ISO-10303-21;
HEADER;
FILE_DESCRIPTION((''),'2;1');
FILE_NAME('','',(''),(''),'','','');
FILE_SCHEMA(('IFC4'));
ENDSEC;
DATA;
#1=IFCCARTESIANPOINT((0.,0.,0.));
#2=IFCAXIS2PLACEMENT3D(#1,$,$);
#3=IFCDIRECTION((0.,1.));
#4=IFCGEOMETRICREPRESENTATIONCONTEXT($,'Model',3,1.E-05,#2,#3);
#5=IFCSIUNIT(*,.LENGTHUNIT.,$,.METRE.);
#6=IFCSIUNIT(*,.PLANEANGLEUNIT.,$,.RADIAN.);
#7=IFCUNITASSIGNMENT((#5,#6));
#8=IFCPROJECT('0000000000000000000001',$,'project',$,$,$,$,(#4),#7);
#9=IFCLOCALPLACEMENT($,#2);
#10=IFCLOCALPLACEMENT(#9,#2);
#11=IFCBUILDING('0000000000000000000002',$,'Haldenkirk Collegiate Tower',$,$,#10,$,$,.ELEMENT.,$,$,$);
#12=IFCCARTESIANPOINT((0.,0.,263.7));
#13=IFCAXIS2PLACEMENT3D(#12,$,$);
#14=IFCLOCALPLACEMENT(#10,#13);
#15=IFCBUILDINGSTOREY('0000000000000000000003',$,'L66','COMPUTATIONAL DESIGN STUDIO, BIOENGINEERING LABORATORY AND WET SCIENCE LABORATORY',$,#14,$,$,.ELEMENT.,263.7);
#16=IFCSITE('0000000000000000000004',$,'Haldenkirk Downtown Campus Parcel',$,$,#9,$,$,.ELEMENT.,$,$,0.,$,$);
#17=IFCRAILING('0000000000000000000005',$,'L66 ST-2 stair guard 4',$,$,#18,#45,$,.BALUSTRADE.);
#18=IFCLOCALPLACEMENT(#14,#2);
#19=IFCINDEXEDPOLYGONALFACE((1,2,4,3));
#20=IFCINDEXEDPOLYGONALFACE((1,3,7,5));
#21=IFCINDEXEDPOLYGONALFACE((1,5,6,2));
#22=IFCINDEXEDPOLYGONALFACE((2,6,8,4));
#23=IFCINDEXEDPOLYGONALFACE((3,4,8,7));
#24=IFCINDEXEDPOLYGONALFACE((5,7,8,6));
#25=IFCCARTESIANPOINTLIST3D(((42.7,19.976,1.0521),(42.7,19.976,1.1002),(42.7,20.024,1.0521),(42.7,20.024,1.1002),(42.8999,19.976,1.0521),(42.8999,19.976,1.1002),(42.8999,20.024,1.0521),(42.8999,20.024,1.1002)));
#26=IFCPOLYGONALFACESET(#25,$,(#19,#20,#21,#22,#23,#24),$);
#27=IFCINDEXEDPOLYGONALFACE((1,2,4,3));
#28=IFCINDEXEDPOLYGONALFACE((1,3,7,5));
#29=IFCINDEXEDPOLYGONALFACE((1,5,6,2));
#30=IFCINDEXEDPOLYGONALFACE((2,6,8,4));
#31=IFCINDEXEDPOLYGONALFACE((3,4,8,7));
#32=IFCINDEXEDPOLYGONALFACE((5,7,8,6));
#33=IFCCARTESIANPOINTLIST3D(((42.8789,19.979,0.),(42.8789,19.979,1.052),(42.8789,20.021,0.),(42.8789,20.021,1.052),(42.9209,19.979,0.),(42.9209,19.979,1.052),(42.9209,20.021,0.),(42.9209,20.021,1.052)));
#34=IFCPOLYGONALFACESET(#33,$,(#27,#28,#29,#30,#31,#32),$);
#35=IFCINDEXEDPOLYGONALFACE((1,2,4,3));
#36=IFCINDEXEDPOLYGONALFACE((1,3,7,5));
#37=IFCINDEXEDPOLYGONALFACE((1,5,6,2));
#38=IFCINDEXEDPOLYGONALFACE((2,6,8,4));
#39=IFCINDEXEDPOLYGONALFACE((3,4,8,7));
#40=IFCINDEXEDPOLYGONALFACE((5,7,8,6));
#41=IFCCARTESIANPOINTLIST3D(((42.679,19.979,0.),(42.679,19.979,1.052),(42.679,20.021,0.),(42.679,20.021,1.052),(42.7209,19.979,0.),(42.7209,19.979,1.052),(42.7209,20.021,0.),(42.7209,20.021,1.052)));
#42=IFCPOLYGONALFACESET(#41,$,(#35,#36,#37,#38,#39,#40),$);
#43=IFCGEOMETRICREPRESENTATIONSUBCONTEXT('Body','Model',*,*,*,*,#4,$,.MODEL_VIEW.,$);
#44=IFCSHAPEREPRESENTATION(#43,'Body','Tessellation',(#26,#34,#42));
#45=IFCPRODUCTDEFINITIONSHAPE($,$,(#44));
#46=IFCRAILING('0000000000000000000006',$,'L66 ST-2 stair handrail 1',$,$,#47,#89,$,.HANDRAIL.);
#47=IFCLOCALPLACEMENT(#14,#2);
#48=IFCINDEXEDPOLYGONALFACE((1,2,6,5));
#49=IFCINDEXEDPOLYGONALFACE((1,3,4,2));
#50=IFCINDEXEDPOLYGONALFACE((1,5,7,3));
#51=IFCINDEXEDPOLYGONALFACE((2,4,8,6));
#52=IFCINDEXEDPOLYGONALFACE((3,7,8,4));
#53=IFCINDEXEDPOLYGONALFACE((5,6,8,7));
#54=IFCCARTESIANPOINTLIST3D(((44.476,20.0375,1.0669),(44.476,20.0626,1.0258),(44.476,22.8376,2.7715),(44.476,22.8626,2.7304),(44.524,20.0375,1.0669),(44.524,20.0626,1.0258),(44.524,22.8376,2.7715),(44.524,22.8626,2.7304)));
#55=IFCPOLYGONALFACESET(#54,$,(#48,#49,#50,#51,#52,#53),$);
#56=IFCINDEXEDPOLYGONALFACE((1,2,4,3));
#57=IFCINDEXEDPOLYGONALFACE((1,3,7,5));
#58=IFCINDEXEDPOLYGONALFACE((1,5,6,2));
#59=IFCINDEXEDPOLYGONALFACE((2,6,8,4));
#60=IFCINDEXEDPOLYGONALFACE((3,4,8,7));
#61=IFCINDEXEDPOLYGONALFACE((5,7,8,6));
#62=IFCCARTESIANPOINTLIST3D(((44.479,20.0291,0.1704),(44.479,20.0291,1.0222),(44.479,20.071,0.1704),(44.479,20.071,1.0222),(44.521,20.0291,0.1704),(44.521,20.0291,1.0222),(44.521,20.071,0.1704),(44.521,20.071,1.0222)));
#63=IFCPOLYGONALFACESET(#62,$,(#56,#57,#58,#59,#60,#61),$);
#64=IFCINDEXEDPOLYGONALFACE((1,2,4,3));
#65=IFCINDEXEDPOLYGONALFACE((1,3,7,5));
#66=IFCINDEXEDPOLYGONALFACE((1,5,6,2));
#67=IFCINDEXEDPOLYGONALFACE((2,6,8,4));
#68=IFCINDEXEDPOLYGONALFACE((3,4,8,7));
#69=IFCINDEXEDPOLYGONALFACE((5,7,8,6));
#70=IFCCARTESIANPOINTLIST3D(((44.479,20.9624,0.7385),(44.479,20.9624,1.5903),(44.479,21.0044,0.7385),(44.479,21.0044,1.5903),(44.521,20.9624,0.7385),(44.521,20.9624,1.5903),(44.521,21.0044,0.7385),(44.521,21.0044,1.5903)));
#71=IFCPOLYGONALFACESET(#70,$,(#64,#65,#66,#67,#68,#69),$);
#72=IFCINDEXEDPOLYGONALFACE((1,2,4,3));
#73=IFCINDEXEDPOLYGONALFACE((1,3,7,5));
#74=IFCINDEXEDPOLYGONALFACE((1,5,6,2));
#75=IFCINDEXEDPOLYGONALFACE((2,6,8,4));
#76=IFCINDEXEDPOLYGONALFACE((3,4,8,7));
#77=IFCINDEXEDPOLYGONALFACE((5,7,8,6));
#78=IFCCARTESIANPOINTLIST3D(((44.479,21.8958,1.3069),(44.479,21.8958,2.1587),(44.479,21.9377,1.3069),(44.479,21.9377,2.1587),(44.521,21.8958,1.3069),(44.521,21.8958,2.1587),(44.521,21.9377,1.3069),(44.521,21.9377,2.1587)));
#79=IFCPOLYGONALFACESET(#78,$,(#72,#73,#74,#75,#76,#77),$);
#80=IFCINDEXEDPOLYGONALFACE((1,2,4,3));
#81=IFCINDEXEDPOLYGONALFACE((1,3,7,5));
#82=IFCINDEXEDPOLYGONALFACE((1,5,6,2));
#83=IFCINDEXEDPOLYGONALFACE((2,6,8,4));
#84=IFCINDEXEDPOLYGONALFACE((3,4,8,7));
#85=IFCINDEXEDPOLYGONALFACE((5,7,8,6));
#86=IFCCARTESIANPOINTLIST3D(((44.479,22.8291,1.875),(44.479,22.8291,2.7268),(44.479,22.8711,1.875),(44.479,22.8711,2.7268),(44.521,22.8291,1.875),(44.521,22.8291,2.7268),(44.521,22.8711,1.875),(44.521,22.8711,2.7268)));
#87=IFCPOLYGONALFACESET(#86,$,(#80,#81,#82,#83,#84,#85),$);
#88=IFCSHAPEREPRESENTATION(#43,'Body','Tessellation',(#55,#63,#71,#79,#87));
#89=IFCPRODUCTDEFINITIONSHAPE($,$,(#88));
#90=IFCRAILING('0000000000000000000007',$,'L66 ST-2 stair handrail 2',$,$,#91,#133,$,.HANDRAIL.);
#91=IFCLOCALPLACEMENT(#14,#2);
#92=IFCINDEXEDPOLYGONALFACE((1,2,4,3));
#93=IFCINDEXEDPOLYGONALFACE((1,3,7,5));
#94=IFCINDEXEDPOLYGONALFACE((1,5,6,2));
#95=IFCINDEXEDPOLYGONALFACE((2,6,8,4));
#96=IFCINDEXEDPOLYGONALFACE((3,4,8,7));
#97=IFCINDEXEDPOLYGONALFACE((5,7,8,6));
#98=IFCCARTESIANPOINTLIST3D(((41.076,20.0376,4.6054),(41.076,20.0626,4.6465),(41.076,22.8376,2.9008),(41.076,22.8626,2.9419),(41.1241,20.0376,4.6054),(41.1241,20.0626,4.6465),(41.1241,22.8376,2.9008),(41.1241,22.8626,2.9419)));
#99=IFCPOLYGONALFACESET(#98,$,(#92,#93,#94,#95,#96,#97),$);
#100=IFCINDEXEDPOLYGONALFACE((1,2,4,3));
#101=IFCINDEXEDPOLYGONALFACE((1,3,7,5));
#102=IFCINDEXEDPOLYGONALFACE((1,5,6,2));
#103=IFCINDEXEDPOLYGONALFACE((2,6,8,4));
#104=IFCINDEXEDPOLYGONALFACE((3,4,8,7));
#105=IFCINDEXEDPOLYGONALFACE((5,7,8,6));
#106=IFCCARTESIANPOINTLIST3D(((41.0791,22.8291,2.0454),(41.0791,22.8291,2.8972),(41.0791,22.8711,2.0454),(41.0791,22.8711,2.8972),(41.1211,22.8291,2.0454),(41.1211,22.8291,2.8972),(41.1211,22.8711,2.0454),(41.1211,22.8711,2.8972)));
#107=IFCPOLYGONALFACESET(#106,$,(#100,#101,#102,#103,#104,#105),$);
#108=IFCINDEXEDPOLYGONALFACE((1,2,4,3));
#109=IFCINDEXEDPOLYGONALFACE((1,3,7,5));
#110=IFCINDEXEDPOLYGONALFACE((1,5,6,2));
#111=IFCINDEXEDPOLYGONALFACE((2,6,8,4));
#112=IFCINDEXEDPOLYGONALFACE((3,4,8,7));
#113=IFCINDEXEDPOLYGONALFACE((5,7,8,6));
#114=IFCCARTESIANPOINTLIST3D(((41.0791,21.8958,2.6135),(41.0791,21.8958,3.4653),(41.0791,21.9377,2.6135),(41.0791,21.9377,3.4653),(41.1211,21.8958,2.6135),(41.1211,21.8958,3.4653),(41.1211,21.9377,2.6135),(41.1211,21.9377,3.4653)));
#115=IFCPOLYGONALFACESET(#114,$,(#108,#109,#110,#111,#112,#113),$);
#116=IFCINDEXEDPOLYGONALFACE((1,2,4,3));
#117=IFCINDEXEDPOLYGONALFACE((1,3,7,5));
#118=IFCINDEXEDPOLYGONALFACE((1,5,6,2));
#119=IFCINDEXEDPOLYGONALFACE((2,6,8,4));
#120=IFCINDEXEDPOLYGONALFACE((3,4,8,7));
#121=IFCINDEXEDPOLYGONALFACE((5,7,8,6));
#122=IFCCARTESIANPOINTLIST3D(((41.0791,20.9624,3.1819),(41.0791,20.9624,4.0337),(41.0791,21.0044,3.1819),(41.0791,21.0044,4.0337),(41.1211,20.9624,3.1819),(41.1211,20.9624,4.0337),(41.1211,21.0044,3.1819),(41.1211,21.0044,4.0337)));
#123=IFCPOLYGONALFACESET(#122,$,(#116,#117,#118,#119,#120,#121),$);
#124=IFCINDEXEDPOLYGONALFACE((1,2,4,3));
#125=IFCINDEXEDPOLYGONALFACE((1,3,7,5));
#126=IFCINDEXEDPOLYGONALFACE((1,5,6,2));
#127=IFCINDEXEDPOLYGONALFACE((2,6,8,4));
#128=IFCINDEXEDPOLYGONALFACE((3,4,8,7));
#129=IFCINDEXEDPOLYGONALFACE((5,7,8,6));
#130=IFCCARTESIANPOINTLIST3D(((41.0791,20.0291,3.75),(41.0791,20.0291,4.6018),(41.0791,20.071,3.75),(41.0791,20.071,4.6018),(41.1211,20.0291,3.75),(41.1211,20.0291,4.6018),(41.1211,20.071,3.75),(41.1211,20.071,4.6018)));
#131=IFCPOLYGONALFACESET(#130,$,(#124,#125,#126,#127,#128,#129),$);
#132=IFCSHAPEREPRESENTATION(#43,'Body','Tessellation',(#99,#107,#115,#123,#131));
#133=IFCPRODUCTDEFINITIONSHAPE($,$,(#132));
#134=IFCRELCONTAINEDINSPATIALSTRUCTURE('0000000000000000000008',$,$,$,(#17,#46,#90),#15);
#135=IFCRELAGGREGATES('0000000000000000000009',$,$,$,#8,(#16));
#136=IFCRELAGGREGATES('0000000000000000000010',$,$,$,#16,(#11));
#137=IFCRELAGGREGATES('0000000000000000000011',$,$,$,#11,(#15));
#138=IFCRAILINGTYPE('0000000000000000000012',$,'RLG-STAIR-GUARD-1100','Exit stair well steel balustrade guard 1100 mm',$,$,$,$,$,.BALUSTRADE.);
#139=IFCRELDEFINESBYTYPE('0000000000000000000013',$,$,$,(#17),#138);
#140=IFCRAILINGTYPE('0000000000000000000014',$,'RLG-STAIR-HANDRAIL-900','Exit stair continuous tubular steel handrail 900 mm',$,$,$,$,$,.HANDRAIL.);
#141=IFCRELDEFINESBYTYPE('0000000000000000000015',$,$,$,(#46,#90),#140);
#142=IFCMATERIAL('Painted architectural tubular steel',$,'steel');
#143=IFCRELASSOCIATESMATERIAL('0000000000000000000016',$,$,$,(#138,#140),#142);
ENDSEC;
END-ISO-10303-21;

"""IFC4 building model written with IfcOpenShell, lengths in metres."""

from ifc_helpers import new_model, si_unit, direction, frame, origin, origin_2d, place, context, subcontext, project, spatial, rectangle, extrude, material, type_object, element, save


model = new_model("IFC4")

# Units and contexts
model_context = context("Model", 3, precision=1e-05, world=origin(), true_north=direction((0.0, 1.0)))
body_context = subcontext(model_context, "Body", "Model", "MODEL_VIEW")
ifc_project = project(units=[si_unit("LENGTHUNIT", "METRE"), si_unit("PLANEANGLEUNIT", "RADIAN")], contexts=[model_context])

# Site, building, storey
site_placement = place(None, origin())
site = spatial("IfcSite", under=ifc_project, at=site_placement, Name="Haldenkirk Downtown Campus Parcel", CompositionType="ELEMENT", RefElevation=0.0)
building_placement = place(site_placement, origin())
building = spatial("IfcBuilding", under=site, at=building_placement, Name="Haldenkirk Collegiate Tower", CompositionType="ELEMENT")
storey_placement = place(building_placement, frame((0.0, 0.0, 263.7)))
storey = spatial("IfcBuildingStorey", under=building, at=storey_placement, Name="L66", Description="COMPUTATIONAL DESIGN STUDIO, BIOENGINEERING LABORATORY AND WET SCIENCE LABORATORY", CompositionType="ELEMENT", Elevation=263.7)

# Railings
ifc_material_1 = material(Name="Painted architectural tubular steel", Category="steel")
railing_type_1 = type_object("IfcRailingType", Name="RLG-STAIR-GUARD-1100", Description="Exit stair well steel balustrade guard 1100 mm", PredefinedType="BALUSTRADE", material=ifc_material_1)
railing_1_placement = place(storey_placement, frame((42.8999, 20.0, 0.0)))
element("IfcRailing", 1, at=railing_1_placement, inside=storey, type_object=railing_type_1, Name="L66 ST-2 stair guard 4", PredefinedType="BALUSTRADE", context=body_context, shape_type="SweptSolid", body=[
    extrude(rectangle(XDim=0.0481, YDim=0.0481, at=origin_2d()), frame((0.0, 0.0, 1.0762), z_axis=(-1.0, 0.0, 0.0), x_axis=(0.0, -1.0, 0.0)), (0.0, 0.0, 1.0), 0.2),
    extrude(rectangle(XDim=0.042, YDim=0.042, at=origin_2d()), origin(), (0.0, 0.0, 1.0), 1.052),
    extrude(rectangle(XDim=0.042, YDim=0.042, at=origin_2d()), frame((-0.2, 0.0, 0.0)), (0.0, 0.0, 1.0), 1.052),
])
railing_type_2 = type_object("IfcRailingType", Name="RLG-STAIR-HANDRAIL-900", Description="Exit stair continuous tubular steel handrail 900 mm", PredefinedType="HANDRAIL", material=ifc_material_1)
railing_2_placement = place(storey_placement, frame((44.5, 20.05, 0.1704)))
element("IfcRailing", 2, at=railing_2_placement, inside=storey, type_object=railing_type_2, Name="L66 ST-2 stair handrail 1", PredefinedType="HANDRAIL", context=body_context, shape_type="SweptSolid", body=[
    extrude(rectangle(XDim=0.0481, YDim=0.0481, at=origin_2d()), frame((0.0, 0.0, 0.876), z_axis=(0.0, 0.85417, 0.519994), x_axis=(-1.0, 0.0, 0.0)), (0.0, 0.0, 1.0), 3.2781),
    extrude(rectangle(XDim=0.042, YDim=0.042, at=origin_2d()), origin(), (0.0, 0.0, 1.0), 0.8518),
    extrude(rectangle(XDim=0.042, YDim=0.042, at=origin_2d()), frame((0.0, 0.9333, 0.5681)), (0.0, 0.0, 1.0), 0.8518),
    extrude(rectangle(XDim=0.042, YDim=0.042, at=origin_2d()), frame((0.0, 1.8667, 1.1365)), (0.0, 0.0, 1.0), 0.8518),
    extrude(rectangle(XDim=0.042, YDim=0.042, at=origin_2d()), frame((0.0, 2.8, 1.7046)), (0.0, 0.0, 1.0), 0.8518),
])
railing_3_placement = place(storey_placement, frame((41.1001, 22.8501, 2.0454)))
element("IfcRailing", 3, at=railing_3_placement, inside=storey, type_object=railing_type_2, Name="L66 ST-2 stair handrail 2", PredefinedType="HANDRAIL", context=body_context, shape_type="SweptSolid", body=[
    extrude(rectangle(XDim=0.0481, YDim=0.0481, at=origin_2d()), frame((0.0, 0.0, 0.876), z_axis=(0.0, -0.85417, 0.519994), x_axis=(1.0, 0.0, 0.0)), (0.0, 0.0, 1.0), 3.2781),
    extrude(rectangle(XDim=0.042, YDim=0.042, at=origin_2d()), origin(), (0.0, 0.0, 1.0), 0.8518),
    extrude(rectangle(XDim=0.042, YDim=0.042, at=origin_2d()), frame((0.0, -0.9333, 0.5681)), (0.0, 0.0, 1.0), 0.8518),
    extrude(rectangle(XDim=0.042, YDim=0.042, at=origin_2d()), frame((0.0, -1.8667, 1.1365)), (0.0, 0.0, 1.0), 0.8518),
    extrude(rectangle(XDim=0.042, YDim=0.042, at=origin_2d()), frame((0.0, -2.8, 1.7046)), (0.0, 0.0, 1.0), 0.8518),
])

save(model, "model.ifc")
